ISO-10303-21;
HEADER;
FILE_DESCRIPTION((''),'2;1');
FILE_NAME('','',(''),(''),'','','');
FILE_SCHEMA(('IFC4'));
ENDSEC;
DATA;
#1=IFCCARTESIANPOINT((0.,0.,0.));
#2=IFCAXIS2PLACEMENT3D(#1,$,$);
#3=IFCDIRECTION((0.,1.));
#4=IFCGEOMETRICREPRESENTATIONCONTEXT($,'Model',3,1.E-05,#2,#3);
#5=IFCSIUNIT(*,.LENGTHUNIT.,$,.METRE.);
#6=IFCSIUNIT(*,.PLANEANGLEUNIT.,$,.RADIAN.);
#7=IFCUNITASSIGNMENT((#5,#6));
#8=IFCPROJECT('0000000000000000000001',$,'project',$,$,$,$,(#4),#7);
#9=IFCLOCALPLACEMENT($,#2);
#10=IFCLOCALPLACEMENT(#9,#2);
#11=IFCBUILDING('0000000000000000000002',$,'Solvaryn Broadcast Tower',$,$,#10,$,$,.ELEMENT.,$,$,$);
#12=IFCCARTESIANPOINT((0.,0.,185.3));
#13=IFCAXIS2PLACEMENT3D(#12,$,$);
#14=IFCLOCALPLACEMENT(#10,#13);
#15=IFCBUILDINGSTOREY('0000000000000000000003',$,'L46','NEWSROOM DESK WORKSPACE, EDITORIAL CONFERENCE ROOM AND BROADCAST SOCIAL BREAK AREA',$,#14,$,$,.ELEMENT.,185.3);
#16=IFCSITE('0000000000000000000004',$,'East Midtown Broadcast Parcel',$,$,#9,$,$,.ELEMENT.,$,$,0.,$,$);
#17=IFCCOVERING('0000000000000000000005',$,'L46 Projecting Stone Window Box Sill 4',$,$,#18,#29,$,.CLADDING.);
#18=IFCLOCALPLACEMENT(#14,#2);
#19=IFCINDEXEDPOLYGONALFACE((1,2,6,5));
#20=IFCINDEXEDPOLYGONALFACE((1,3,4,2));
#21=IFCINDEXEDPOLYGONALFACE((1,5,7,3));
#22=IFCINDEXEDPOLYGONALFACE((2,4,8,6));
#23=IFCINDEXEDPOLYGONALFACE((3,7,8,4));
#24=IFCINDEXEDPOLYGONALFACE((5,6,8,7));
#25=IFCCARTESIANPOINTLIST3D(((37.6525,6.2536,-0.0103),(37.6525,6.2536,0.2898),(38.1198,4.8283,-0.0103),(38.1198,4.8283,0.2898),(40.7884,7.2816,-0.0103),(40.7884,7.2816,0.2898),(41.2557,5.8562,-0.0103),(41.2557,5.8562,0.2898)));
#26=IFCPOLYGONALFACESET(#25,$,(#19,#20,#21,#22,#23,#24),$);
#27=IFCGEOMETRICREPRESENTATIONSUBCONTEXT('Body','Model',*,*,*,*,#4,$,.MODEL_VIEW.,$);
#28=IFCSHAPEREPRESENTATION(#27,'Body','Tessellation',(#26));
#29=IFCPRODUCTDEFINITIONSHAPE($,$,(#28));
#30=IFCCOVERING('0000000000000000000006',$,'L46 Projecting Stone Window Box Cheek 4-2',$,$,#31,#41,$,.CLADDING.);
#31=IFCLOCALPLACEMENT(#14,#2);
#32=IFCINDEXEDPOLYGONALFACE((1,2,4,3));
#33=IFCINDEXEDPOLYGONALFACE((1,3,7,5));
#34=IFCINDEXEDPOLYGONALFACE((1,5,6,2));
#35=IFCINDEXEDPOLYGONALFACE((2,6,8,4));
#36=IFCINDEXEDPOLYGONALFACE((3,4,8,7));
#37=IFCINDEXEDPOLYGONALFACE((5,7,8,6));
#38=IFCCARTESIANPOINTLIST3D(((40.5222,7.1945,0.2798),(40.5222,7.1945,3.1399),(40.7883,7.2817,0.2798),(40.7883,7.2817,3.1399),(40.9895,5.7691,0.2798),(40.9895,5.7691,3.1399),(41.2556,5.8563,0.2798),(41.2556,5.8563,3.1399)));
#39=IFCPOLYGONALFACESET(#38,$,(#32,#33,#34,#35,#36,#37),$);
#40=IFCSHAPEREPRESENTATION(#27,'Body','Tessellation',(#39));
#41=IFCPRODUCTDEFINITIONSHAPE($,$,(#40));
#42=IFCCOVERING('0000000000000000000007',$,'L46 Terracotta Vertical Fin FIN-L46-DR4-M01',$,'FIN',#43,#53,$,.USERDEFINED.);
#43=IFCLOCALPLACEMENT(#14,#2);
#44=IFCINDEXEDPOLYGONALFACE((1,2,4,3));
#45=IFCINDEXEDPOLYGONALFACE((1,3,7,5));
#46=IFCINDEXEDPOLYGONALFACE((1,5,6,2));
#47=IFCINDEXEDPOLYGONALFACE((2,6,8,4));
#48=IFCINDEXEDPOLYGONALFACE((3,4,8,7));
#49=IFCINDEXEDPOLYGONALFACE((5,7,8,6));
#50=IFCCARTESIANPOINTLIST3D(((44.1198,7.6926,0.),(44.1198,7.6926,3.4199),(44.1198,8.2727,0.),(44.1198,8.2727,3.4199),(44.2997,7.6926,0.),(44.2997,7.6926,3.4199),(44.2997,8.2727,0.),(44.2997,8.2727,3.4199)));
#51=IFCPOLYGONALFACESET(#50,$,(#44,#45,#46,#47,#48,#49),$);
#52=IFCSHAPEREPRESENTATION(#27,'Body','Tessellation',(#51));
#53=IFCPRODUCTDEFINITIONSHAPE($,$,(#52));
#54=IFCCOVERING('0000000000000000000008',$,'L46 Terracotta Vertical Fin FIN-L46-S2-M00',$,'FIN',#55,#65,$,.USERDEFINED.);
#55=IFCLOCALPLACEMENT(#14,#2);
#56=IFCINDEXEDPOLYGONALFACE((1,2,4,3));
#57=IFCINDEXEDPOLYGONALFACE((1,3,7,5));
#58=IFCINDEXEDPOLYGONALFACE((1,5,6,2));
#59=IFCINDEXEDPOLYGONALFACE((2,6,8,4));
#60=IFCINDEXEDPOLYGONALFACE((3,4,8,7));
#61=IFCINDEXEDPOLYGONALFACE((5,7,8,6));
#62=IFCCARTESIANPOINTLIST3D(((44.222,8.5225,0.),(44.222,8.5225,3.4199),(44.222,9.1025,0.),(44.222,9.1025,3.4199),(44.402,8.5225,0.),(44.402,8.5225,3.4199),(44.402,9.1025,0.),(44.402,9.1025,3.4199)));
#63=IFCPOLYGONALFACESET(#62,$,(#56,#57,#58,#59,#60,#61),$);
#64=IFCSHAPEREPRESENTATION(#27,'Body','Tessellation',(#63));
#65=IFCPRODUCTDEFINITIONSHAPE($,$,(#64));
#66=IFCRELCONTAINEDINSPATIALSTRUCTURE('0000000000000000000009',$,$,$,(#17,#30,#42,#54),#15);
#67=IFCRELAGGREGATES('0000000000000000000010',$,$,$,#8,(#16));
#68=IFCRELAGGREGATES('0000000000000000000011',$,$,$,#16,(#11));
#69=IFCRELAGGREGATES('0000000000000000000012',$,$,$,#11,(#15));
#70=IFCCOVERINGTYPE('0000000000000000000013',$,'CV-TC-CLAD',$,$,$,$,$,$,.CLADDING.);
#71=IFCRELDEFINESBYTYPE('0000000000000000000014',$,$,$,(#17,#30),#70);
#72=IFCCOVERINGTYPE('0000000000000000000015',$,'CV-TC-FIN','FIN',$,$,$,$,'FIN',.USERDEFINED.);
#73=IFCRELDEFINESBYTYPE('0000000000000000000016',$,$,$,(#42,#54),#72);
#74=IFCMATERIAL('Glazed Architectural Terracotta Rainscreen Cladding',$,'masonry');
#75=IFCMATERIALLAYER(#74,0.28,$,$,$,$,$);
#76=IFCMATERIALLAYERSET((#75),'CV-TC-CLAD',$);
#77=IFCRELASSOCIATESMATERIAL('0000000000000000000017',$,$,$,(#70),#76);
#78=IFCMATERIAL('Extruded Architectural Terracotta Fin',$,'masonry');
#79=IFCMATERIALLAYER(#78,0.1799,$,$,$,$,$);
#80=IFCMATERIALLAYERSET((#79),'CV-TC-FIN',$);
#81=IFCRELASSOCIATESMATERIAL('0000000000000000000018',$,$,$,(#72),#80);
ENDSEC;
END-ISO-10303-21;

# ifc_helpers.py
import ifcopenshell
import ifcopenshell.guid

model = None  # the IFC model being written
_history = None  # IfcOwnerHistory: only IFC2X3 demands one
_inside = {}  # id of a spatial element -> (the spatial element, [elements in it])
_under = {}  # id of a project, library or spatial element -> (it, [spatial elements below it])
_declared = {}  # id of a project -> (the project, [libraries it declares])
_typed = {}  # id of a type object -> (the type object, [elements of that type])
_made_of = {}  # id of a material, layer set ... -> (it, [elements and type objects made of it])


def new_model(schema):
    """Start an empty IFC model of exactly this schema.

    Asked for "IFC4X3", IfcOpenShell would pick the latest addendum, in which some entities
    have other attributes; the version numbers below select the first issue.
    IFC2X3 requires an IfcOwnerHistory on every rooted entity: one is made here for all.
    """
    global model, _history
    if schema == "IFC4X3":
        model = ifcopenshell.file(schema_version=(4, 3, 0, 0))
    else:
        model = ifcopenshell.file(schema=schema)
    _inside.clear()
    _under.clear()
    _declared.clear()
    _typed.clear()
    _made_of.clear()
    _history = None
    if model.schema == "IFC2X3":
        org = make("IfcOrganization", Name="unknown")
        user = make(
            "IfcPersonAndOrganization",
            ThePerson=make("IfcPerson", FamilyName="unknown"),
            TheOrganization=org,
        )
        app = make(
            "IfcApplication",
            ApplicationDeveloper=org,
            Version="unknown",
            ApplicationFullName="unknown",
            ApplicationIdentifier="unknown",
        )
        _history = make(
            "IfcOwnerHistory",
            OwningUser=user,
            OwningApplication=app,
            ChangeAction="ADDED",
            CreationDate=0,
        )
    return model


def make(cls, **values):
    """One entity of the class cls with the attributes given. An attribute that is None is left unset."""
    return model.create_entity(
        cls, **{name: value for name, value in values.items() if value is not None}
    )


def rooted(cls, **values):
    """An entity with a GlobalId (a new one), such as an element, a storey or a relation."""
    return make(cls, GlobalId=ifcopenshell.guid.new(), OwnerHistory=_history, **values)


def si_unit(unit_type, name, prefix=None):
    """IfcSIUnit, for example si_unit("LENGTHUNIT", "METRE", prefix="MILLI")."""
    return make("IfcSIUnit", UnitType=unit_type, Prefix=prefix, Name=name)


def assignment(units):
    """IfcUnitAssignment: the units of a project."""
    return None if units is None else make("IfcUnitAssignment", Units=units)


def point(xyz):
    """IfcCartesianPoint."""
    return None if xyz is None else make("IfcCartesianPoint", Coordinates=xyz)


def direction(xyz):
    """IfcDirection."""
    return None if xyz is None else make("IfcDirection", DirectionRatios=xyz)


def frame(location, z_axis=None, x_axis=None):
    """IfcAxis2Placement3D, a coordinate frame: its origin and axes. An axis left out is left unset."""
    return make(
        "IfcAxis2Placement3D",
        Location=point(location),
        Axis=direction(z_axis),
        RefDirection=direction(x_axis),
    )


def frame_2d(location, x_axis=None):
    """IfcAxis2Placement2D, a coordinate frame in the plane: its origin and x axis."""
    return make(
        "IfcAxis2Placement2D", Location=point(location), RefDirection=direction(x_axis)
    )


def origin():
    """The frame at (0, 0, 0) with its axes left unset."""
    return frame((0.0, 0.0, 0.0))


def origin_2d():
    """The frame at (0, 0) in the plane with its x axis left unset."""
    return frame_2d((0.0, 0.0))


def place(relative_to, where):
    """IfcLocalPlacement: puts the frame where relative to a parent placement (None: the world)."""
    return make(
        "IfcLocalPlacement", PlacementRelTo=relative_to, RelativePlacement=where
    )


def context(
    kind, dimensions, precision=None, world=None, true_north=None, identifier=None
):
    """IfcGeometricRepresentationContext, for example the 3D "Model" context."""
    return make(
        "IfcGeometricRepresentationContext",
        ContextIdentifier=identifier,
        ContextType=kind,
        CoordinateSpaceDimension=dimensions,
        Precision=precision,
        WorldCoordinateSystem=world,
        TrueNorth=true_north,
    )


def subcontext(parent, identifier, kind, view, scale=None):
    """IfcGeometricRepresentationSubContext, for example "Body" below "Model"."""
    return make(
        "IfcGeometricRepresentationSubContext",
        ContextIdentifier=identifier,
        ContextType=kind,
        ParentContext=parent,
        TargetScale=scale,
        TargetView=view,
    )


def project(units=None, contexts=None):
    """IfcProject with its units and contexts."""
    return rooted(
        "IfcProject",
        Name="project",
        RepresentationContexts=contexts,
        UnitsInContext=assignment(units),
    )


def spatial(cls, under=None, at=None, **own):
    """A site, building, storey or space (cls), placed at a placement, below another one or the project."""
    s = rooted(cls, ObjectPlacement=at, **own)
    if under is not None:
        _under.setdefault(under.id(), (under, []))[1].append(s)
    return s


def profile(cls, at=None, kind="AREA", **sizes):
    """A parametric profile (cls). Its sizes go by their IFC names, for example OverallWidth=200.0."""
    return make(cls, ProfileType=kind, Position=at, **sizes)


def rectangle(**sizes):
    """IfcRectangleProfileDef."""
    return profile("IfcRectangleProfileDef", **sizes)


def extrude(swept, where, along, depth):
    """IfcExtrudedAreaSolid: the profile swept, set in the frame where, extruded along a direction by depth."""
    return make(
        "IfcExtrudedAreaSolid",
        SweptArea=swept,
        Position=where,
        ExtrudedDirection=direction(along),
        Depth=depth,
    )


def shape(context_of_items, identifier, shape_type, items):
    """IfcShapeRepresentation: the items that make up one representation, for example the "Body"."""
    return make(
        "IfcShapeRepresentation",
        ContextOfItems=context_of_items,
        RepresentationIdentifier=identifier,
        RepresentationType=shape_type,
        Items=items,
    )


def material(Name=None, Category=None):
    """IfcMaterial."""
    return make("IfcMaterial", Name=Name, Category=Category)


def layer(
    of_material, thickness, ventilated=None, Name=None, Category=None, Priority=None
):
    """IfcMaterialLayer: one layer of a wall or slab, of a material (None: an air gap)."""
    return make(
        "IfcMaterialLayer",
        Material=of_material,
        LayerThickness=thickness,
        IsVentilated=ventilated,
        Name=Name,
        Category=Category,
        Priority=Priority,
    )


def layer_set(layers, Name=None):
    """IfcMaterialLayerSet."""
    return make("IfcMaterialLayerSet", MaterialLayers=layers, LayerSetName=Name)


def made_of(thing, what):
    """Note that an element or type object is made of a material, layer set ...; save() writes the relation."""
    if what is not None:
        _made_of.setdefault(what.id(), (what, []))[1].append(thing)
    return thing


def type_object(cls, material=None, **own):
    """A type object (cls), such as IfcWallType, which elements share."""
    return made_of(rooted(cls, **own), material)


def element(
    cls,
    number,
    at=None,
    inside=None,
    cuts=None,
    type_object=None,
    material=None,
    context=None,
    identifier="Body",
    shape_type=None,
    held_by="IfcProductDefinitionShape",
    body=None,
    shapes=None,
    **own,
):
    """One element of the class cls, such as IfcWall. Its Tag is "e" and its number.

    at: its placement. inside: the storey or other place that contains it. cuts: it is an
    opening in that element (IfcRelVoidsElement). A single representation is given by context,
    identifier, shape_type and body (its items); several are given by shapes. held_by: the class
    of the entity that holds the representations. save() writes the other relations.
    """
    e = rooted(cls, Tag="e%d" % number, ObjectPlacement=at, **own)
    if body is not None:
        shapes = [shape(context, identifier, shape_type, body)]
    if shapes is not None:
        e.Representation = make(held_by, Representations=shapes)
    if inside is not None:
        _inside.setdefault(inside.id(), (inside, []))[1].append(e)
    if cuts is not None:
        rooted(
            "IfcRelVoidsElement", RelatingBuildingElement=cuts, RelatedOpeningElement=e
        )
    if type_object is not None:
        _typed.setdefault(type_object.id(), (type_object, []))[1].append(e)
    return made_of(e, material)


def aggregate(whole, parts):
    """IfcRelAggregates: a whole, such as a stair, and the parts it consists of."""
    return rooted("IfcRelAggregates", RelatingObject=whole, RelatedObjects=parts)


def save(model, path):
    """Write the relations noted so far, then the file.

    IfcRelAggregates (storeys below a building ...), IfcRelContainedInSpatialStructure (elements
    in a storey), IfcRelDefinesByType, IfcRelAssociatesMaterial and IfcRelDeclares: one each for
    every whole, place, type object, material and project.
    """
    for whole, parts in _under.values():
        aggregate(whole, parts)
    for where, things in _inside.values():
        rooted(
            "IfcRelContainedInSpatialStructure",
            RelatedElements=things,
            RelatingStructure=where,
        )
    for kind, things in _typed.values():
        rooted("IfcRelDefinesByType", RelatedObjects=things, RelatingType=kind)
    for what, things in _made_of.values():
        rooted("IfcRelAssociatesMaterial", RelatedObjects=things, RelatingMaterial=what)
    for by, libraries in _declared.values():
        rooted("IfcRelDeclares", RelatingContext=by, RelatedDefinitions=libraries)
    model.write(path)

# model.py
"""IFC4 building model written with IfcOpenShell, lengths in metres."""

from ifc_helpers import new_model, si_unit, direction, frame, origin, origin_2d, place, context, subcontext, project, spatial, rectangle, extrude, material, layer, layer_set, type_object, element, save


model = new_model("IFC4")

# Units and contexts
model_context = context("Model", 3, precision=1e-05, world=origin(), true_north=direction((0.0, 1.0)))
body_context = subcontext(model_context, "Body", "Model", "MODEL_VIEW")
ifc_project = project(units=[si_unit("LENGTHUNIT", "METRE"), si_unit("PLANEANGLEUNIT", "RADIAN")], contexts=[model_context])

# Site, building, storey
site_placement = place(None, origin())
site = spatial("IfcSite", under=ifc_project, at=site_placement, Name="East Midtown Broadcast Parcel", CompositionType="ELEMENT", RefElevation=0.0)
building_placement = place(site_placement, origin())
building = spatial("IfcBuilding", under=site, at=building_placement, Name="Solvaryn Broadcast Tower", CompositionType="ELEMENT")
storey_placement = place(building_placement, frame((0.0, 0.0, 185.3)))
storey = spatial("IfcBuildingStorey", under=building, at=storey_placement, Name="L46", Description="NEWSROOM DESK WORKSPACE, EDITORIAL CONFERENCE ROOM AND BROADCAST SOCIAL BREAK AREA", CompositionType="ELEMENT", Elevation=185.3)

# Coverings
ifc_material_1 = material(Name="Glazed Architectural Terracotta Rainscreen Cladding", Category="masonry")
ifc_layer_1 = layer(ifc_material_1, 0.28)
ifc_layer_set_1 = layer_set([ifc_layer_1], Name="CV-TC-CLAD")
covering_type_1 = type_object("IfcCoveringType", Name="CV-TC-CLAD", PredefinedType="CLADDING", material=ifc_layer_set_1)
covering_1_placement = place(storey_placement, frame((39.4541, 6.0549, -0.0103), z_axis=(0.0, 0.0, 1.0), x_axis=(0.950244, 0.311506, 0.0)))
element("IfcCovering", 1, at=covering_1_placement, inside=storey, type_object=covering_type_1, Name="L46 Projecting Stone Window Box Sill 4", PredefinedType="CLADDING", context=body_context, shape_type="SweptSolid", body=[
    extrude(rectangle(XDim=3.3, YDim=1.5, at=origin_2d()), origin(), (0.0, 0.0, 1.0), 0.3),
])
covering_2_placement = place(storey_placement, frame((40.8889, 6.5254, 0.2798), z_axis=(0.0, 0.0, 1.0), x_axis=(0.950244, 0.311506, 0.0)))
element("IfcCovering", 2, at=covering_2_placement, inside=storey, type_object=covering_type_1, Name="L46 Projecting Stone Window Box Cheek 4-2", PredefinedType="CLADDING", context=body_context, shape_type="SweptSolid", body=[
    extrude(rectangle(XDim=0.28, YDim=1.5, at=origin_2d()), origin(), (0.0, 0.0, 1.0), 2.8601),
])
ifc_material_2 = material(Name="Extruded Architectural Terracotta Fin", Category="masonry")
ifc_layer_2 = layer(ifc_material_2, 0.1799)
ifc_layer_set_2 = layer_set([ifc_layer_2], Name="CV-TC-FIN")
covering_type_2 = type_object("IfcCoveringType", Name="CV-TC-FIN", Description="FIN", ElementType="FIN", PredefinedType="USERDEFINED", material=ifc_layer_set_2)
for number, where, z_axis, x_axis, name in (
    (3, (44.2097, 7.9827, 0.0), (0.0, 0.0, 1.0), (1.0, 0.0, 0.0), "L46 Terracotta Vertical Fin FIN-L46-DR4-M01"),
    (4, (44.312, 8.8125, 0.0), (0.0, 0.0, 1.0), (1.0, 0.0, 0.0), "L46 Terracotta Vertical Fin FIN-L46-S2-M00"),
):
    element("IfcCovering", number, at=place(storey_placement, frame(where, z_axis=z_axis, x_axis=x_axis)), inside=storey, type_object=covering_type_2, Name=name, ObjectType="FIN", PredefinedType="USERDEFINED", context=body_context, shape_type="SweptSolid", body=[
        extrude(rectangle(XDim=0.1799, YDim=0.5801, at=origin_2d()), origin(), (0.0, 0.0, 1.0), 3.4199),
    ])

save(model, "model.ifc")
